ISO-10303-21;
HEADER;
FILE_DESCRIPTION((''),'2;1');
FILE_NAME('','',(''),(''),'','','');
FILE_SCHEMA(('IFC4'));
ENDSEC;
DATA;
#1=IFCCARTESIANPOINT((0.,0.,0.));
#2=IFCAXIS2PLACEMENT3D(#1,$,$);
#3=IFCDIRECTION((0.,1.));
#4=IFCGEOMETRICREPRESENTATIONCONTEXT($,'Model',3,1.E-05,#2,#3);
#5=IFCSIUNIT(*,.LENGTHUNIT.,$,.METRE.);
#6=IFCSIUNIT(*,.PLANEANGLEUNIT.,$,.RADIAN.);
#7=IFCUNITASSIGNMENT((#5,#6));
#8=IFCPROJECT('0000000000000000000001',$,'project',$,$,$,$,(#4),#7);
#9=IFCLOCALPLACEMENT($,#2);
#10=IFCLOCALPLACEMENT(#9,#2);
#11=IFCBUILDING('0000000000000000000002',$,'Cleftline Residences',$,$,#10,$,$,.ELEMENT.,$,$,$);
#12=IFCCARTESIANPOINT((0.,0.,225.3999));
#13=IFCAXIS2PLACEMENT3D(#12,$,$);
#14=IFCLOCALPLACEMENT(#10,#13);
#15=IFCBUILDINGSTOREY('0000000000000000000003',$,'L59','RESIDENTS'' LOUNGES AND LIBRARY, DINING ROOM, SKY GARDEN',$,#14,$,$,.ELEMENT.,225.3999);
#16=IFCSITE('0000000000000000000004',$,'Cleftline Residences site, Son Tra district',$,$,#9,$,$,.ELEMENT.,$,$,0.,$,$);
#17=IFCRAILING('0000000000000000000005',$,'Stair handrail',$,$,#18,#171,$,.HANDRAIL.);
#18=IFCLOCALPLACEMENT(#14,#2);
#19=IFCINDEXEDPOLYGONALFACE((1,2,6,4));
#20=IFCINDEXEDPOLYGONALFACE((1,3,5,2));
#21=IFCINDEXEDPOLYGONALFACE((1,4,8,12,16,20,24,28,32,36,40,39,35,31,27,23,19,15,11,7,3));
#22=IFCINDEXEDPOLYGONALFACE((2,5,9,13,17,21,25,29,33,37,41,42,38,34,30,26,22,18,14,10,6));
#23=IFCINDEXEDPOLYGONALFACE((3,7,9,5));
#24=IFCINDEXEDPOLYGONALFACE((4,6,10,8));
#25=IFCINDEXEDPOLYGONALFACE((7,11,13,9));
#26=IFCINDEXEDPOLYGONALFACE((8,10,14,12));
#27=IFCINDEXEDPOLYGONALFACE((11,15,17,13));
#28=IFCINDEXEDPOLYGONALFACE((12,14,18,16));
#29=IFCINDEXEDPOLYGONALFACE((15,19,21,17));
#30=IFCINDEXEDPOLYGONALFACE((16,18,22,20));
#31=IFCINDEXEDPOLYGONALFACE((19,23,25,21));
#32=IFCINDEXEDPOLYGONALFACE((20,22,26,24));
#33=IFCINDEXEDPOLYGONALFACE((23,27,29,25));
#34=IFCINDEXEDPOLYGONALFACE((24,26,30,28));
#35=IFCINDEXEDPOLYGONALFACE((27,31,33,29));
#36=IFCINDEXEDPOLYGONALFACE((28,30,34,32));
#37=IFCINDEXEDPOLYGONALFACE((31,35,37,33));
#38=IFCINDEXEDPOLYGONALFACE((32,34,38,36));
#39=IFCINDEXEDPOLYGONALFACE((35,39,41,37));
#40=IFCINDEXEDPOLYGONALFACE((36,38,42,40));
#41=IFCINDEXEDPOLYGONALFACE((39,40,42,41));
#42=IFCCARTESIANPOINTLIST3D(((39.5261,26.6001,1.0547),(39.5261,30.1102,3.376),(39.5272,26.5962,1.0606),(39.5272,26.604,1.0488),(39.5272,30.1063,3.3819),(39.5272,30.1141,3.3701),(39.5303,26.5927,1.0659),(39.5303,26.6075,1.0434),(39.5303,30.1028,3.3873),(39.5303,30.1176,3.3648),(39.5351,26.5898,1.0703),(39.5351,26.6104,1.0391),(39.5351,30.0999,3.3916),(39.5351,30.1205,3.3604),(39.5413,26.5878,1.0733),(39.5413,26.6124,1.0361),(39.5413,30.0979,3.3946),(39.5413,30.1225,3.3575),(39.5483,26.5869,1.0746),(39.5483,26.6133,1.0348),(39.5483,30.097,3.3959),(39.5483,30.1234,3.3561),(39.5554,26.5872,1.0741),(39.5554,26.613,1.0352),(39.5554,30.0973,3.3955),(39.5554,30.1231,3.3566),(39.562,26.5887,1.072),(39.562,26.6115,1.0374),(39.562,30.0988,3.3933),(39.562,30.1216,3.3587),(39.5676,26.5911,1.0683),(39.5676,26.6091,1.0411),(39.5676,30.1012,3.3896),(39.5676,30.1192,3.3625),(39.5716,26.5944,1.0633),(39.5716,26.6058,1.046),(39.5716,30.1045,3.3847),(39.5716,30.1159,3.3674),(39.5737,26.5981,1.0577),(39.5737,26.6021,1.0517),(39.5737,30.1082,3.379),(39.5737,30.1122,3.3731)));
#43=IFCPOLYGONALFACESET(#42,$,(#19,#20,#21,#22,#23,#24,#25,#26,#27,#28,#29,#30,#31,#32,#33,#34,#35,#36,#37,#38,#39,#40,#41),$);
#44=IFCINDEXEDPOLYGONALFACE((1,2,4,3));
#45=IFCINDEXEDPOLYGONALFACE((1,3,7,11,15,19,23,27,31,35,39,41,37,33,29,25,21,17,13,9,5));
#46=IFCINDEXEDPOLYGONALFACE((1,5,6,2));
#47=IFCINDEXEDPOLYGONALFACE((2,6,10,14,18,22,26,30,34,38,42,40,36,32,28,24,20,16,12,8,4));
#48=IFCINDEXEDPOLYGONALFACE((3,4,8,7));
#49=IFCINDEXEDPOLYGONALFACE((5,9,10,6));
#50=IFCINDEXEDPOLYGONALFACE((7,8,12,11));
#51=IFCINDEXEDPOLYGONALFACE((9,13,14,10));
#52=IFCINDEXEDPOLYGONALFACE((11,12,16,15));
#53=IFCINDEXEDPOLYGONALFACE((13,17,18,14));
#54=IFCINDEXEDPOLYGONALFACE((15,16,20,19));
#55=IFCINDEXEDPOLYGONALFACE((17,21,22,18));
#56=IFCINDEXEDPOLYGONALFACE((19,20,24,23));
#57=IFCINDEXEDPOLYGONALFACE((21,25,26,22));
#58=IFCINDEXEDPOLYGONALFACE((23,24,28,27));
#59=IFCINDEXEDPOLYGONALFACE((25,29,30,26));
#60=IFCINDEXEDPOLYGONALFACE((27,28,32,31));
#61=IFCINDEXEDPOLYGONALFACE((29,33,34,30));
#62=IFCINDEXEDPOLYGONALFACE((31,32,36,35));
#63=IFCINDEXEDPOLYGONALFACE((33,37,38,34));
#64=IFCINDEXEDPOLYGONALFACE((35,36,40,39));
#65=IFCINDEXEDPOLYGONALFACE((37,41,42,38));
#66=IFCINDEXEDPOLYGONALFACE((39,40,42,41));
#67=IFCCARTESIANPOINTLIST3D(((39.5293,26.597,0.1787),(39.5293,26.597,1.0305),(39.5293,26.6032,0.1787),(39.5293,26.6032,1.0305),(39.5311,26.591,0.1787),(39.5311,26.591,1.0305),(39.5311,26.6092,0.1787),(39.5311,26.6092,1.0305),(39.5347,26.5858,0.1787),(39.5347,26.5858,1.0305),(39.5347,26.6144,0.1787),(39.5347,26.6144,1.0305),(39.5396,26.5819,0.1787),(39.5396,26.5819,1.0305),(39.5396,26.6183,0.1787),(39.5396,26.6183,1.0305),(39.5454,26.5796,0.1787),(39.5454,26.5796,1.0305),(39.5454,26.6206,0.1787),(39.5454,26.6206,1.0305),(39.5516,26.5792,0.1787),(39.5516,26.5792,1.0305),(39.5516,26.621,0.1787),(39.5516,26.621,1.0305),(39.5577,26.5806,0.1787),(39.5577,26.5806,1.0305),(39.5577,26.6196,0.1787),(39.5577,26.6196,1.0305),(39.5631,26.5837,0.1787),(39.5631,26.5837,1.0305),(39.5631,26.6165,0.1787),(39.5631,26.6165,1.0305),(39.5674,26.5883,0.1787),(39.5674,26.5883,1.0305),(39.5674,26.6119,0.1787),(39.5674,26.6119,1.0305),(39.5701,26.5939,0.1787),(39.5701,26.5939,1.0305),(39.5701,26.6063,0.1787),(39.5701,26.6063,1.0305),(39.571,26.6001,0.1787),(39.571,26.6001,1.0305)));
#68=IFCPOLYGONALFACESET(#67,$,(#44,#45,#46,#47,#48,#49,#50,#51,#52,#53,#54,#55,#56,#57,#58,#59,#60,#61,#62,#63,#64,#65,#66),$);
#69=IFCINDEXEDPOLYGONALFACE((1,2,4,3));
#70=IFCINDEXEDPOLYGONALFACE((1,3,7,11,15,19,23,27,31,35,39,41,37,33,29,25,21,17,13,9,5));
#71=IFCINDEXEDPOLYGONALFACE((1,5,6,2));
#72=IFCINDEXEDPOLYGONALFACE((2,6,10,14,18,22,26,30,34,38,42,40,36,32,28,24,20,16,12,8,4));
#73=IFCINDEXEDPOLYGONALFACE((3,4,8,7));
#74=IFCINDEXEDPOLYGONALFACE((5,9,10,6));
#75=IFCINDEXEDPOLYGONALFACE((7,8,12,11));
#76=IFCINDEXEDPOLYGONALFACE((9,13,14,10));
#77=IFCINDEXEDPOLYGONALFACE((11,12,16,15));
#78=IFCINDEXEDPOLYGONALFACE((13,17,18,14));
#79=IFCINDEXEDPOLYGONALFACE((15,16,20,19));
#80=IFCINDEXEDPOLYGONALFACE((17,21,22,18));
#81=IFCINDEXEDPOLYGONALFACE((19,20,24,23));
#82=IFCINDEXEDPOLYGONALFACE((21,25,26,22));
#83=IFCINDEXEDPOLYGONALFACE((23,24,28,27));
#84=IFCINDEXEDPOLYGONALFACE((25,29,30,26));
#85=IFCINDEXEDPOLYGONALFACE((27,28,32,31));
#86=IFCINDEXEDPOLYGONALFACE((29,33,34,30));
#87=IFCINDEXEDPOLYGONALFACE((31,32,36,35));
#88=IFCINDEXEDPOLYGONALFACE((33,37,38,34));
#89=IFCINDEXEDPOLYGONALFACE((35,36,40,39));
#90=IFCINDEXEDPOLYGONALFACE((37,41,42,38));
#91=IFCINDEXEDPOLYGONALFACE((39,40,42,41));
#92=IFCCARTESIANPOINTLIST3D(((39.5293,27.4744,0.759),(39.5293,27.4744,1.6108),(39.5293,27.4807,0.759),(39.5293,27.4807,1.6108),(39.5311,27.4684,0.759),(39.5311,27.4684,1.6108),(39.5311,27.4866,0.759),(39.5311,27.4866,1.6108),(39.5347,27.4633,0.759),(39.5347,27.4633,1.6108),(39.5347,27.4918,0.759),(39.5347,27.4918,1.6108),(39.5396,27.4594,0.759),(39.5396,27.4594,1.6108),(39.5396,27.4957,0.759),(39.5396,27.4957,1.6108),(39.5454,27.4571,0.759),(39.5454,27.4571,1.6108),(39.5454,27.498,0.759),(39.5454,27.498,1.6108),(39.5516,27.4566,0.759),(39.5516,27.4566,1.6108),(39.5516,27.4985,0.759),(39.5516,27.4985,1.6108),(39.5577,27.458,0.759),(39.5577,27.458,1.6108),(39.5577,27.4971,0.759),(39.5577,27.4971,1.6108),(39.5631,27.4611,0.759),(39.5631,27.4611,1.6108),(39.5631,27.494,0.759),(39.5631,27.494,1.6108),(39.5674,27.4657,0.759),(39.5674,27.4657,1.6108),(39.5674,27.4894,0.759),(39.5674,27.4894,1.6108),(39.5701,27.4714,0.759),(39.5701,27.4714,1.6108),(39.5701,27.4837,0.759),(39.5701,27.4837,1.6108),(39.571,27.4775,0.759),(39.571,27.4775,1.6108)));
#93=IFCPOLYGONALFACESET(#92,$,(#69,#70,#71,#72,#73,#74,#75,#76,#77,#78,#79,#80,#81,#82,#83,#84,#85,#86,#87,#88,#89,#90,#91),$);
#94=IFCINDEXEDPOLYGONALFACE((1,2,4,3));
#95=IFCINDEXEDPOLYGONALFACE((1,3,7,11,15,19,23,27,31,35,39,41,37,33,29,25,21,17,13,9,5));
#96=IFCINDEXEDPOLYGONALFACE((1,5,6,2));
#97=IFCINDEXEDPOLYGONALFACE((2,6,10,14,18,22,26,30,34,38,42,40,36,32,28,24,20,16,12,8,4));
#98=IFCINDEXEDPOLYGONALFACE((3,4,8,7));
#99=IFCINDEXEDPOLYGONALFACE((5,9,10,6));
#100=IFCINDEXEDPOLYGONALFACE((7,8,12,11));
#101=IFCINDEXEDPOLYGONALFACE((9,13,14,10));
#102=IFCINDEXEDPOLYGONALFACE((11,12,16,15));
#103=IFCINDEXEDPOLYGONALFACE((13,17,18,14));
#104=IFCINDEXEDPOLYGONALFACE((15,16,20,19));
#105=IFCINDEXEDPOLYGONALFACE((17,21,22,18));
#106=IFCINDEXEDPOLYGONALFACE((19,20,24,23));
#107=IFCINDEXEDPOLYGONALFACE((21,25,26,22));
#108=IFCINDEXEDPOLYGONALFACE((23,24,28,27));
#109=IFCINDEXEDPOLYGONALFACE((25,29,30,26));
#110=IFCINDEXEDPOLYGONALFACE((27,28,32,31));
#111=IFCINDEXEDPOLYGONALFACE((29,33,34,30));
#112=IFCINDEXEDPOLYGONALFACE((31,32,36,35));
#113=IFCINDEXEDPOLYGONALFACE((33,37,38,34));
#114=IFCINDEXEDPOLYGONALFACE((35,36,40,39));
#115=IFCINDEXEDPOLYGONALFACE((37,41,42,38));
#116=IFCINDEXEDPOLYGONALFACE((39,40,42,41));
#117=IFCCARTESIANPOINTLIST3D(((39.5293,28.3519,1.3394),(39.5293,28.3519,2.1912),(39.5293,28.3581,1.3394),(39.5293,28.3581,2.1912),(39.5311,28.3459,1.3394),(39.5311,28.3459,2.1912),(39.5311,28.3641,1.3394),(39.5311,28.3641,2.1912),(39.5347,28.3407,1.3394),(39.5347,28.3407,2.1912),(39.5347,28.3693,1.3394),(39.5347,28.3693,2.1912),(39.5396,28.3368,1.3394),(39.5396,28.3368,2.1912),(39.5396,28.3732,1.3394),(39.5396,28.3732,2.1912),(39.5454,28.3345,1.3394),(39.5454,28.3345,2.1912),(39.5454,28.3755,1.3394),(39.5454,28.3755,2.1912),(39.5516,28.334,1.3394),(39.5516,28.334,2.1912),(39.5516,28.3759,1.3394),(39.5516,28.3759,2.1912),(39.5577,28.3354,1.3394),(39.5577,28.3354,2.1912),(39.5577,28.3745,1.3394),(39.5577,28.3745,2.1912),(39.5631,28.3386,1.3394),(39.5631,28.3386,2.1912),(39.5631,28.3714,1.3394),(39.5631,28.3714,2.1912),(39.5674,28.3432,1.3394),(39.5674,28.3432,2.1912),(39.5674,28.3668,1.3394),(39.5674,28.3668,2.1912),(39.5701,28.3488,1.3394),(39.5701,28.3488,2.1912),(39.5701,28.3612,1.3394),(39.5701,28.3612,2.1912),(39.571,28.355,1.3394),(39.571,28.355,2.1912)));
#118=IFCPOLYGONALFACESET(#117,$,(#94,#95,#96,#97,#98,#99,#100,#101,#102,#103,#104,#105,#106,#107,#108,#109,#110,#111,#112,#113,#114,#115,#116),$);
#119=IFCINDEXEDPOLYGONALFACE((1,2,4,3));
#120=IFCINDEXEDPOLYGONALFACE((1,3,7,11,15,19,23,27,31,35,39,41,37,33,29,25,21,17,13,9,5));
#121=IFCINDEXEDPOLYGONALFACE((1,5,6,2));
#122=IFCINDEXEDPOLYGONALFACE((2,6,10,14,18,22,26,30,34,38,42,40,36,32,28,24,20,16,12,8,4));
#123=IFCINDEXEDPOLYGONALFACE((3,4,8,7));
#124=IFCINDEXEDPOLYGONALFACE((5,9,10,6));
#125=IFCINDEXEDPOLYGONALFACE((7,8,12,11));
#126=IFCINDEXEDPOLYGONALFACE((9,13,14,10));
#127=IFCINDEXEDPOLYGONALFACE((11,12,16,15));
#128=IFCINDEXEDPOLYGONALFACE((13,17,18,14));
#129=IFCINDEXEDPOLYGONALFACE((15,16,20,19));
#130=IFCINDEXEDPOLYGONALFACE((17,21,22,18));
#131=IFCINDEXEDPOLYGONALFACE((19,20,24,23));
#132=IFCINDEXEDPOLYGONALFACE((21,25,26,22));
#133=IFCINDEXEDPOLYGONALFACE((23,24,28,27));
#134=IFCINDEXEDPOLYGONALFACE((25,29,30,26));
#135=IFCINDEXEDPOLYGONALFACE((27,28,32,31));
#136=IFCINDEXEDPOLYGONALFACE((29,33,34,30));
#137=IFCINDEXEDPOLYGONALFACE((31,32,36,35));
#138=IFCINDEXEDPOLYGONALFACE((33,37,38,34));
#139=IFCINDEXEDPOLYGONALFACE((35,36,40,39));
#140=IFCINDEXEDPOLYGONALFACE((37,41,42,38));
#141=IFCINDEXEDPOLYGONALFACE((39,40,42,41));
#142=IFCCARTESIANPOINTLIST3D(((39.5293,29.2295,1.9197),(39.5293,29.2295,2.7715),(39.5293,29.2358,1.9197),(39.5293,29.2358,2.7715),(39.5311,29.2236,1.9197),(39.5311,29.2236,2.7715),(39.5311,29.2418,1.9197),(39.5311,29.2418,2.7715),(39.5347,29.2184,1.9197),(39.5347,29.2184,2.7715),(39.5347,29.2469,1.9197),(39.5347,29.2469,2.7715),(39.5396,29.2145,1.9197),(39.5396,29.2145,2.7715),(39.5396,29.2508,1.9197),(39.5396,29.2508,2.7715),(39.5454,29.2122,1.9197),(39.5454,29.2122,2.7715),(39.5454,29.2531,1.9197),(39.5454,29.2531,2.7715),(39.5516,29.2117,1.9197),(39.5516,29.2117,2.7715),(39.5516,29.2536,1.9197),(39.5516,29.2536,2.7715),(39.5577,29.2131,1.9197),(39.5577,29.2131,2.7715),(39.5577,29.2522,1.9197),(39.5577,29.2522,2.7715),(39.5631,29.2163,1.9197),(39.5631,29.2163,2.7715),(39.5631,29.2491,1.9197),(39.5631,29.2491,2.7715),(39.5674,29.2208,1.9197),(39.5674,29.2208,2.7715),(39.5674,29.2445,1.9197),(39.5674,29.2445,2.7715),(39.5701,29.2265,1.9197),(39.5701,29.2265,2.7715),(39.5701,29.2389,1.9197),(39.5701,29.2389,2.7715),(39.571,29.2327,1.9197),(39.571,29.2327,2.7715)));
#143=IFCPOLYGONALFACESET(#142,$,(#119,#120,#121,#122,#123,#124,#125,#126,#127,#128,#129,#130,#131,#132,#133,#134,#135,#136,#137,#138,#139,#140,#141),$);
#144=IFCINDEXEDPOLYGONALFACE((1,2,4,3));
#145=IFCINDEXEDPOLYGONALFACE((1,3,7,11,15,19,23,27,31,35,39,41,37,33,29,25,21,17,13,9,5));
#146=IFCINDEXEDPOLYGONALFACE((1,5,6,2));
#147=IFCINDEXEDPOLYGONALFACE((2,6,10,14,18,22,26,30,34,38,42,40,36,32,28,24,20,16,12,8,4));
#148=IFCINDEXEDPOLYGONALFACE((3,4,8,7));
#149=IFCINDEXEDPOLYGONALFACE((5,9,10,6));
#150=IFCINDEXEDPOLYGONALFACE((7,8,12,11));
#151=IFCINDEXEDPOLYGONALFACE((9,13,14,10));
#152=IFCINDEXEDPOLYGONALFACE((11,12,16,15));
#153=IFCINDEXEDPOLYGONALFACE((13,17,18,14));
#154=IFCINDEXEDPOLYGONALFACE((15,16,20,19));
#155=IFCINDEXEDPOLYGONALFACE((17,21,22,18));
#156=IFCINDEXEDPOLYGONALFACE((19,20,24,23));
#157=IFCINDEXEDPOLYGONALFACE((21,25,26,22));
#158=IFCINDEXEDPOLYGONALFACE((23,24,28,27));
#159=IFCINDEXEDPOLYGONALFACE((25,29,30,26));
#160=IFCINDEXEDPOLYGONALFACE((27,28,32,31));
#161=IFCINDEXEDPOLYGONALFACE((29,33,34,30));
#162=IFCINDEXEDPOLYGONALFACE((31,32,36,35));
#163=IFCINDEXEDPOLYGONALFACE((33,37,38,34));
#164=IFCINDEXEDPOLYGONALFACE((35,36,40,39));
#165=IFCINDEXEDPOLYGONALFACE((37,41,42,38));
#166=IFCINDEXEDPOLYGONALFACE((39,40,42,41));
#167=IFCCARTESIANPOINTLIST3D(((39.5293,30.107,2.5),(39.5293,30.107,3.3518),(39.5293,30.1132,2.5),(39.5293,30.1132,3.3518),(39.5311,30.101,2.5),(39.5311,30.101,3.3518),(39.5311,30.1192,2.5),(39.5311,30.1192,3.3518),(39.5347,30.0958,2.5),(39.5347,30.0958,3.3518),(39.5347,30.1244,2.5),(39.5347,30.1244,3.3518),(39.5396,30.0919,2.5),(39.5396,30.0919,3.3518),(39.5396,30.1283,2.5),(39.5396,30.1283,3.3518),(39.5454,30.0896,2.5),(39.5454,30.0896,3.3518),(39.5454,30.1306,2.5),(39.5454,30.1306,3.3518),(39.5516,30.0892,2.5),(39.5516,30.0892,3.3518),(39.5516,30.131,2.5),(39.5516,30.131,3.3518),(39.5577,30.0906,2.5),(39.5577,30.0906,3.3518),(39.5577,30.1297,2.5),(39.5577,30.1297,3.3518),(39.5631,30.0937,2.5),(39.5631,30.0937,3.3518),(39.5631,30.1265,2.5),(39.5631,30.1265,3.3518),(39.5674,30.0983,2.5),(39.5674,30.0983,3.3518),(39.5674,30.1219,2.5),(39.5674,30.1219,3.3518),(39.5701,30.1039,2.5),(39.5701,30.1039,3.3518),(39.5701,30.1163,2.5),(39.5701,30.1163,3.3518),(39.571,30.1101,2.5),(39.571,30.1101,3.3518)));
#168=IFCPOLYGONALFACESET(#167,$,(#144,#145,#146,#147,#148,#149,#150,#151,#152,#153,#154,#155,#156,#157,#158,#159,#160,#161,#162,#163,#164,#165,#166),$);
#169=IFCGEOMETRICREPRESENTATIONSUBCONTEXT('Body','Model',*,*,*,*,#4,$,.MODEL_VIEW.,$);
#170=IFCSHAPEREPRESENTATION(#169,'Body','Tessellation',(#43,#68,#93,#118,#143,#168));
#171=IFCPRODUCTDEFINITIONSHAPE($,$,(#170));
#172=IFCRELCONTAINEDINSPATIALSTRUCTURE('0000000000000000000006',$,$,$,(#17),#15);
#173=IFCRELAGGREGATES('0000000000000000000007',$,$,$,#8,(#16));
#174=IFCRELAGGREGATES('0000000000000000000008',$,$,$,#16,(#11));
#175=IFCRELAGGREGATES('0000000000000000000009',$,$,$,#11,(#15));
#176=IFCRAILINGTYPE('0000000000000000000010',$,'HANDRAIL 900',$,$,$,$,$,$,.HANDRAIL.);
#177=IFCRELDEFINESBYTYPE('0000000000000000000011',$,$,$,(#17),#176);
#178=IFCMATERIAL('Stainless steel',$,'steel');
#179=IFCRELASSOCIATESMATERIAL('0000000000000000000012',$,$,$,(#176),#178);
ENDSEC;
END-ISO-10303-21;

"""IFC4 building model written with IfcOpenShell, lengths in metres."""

from ifc_helpers import new_model, si_unit, direction, frame, origin, origin_2d, place, context, subcontext, project, spatial, circle, extrude, material, type_object, element, save


model = new_model("IFC4")

# Units and contexts
model_context = context("Model", 3, precision=1e-05, world=origin(), true_north=direction((0.0, 1.0)))
body_context = subcontext(model_context, "Body", "Model", "MODEL_VIEW")
ifc_project = project(units=[si_unit("LENGTHUNIT", "METRE"), si_unit("PLANEANGLEUNIT", "RADIAN")], contexts=[model_context])

# Site, building, storey
site_placement = place(None, origin())
site = spatial("IfcSite", under=ifc_project, at=site_placement, Name="Cleftline Residences site, Son Tra district", CompositionType="ELEMENT", RefElevation=0.0)
building_placement = place(site_placement, origin())
building = spatial("IfcBuilding", under=site, at=building_placement, Name="Cleftline Residences", CompositionType="ELEMENT")
storey_placement = place(building_placement, frame((0.0, 0.0, 225.3999)))
storey = spatial("IfcBuildingStorey", under=building, at=storey_placement, Name="L59", Description="RESIDENTS' LOUNGES AND LIBRARY, DINING ROOM, SKY GARDEN", CompositionType="ELEMENT", Elevation=225.3999)

# Railing
ifc_material_1 = material(Name="Stainless steel", Category="steel")
railing_type = type_object("IfcRailingType", Name="HANDRAIL 900", PredefinedType="HANDRAIL", material=ifc_material_1)
railing_1_placement = place(storey_placement, frame((39.55, 26.6001, 0.1787)))
element("IfcRailing", 1, at=railing_1_placement, inside=storey, type_object=railing_type, Name="Stair handrail", PredefinedType="HANDRAIL", context=body_context, shape_type="SweptSolid", body=[
    extrude(circle(Radius=0.0239, at=origin_2d()), frame((0.0, 0.0, 0.876), z_axis=(0.0, 0.834097, 0.551617), x_axis=(-1.0, 0.0, 0.0)), (0.0, 0.0, 1.0), 4.2083),
    extrude(circle(Radius=0.021, at=origin_2d()), origin(), (0.0, 0.0, 1.0), 0.8518),
    extrude(circle(Radius=0.021, at=origin_2d()), frame((0.0, 0.8774, 0.5803)), (0.0, 0.0, 1.0), 0.8518),
    extrude(circle(Radius=0.021, at=origin_2d()), frame((0.0, 1.7549, 1.1606)), (0.0, 0.0, 1.0), 0.8518),
    extrude(circle(Radius=0.021, at=origin_2d()), frame((0.0, 2.6326, 1.741)), (0.0, 0.0, 1.0), 0.8518),
    extrude(circle(Radius=0.021, at=origin_2d()), frame((0.0, 3.51, 2.3213)), (0.0, 0.0, 1.0), 0.8518),
])

save(model, "model.ifc")
